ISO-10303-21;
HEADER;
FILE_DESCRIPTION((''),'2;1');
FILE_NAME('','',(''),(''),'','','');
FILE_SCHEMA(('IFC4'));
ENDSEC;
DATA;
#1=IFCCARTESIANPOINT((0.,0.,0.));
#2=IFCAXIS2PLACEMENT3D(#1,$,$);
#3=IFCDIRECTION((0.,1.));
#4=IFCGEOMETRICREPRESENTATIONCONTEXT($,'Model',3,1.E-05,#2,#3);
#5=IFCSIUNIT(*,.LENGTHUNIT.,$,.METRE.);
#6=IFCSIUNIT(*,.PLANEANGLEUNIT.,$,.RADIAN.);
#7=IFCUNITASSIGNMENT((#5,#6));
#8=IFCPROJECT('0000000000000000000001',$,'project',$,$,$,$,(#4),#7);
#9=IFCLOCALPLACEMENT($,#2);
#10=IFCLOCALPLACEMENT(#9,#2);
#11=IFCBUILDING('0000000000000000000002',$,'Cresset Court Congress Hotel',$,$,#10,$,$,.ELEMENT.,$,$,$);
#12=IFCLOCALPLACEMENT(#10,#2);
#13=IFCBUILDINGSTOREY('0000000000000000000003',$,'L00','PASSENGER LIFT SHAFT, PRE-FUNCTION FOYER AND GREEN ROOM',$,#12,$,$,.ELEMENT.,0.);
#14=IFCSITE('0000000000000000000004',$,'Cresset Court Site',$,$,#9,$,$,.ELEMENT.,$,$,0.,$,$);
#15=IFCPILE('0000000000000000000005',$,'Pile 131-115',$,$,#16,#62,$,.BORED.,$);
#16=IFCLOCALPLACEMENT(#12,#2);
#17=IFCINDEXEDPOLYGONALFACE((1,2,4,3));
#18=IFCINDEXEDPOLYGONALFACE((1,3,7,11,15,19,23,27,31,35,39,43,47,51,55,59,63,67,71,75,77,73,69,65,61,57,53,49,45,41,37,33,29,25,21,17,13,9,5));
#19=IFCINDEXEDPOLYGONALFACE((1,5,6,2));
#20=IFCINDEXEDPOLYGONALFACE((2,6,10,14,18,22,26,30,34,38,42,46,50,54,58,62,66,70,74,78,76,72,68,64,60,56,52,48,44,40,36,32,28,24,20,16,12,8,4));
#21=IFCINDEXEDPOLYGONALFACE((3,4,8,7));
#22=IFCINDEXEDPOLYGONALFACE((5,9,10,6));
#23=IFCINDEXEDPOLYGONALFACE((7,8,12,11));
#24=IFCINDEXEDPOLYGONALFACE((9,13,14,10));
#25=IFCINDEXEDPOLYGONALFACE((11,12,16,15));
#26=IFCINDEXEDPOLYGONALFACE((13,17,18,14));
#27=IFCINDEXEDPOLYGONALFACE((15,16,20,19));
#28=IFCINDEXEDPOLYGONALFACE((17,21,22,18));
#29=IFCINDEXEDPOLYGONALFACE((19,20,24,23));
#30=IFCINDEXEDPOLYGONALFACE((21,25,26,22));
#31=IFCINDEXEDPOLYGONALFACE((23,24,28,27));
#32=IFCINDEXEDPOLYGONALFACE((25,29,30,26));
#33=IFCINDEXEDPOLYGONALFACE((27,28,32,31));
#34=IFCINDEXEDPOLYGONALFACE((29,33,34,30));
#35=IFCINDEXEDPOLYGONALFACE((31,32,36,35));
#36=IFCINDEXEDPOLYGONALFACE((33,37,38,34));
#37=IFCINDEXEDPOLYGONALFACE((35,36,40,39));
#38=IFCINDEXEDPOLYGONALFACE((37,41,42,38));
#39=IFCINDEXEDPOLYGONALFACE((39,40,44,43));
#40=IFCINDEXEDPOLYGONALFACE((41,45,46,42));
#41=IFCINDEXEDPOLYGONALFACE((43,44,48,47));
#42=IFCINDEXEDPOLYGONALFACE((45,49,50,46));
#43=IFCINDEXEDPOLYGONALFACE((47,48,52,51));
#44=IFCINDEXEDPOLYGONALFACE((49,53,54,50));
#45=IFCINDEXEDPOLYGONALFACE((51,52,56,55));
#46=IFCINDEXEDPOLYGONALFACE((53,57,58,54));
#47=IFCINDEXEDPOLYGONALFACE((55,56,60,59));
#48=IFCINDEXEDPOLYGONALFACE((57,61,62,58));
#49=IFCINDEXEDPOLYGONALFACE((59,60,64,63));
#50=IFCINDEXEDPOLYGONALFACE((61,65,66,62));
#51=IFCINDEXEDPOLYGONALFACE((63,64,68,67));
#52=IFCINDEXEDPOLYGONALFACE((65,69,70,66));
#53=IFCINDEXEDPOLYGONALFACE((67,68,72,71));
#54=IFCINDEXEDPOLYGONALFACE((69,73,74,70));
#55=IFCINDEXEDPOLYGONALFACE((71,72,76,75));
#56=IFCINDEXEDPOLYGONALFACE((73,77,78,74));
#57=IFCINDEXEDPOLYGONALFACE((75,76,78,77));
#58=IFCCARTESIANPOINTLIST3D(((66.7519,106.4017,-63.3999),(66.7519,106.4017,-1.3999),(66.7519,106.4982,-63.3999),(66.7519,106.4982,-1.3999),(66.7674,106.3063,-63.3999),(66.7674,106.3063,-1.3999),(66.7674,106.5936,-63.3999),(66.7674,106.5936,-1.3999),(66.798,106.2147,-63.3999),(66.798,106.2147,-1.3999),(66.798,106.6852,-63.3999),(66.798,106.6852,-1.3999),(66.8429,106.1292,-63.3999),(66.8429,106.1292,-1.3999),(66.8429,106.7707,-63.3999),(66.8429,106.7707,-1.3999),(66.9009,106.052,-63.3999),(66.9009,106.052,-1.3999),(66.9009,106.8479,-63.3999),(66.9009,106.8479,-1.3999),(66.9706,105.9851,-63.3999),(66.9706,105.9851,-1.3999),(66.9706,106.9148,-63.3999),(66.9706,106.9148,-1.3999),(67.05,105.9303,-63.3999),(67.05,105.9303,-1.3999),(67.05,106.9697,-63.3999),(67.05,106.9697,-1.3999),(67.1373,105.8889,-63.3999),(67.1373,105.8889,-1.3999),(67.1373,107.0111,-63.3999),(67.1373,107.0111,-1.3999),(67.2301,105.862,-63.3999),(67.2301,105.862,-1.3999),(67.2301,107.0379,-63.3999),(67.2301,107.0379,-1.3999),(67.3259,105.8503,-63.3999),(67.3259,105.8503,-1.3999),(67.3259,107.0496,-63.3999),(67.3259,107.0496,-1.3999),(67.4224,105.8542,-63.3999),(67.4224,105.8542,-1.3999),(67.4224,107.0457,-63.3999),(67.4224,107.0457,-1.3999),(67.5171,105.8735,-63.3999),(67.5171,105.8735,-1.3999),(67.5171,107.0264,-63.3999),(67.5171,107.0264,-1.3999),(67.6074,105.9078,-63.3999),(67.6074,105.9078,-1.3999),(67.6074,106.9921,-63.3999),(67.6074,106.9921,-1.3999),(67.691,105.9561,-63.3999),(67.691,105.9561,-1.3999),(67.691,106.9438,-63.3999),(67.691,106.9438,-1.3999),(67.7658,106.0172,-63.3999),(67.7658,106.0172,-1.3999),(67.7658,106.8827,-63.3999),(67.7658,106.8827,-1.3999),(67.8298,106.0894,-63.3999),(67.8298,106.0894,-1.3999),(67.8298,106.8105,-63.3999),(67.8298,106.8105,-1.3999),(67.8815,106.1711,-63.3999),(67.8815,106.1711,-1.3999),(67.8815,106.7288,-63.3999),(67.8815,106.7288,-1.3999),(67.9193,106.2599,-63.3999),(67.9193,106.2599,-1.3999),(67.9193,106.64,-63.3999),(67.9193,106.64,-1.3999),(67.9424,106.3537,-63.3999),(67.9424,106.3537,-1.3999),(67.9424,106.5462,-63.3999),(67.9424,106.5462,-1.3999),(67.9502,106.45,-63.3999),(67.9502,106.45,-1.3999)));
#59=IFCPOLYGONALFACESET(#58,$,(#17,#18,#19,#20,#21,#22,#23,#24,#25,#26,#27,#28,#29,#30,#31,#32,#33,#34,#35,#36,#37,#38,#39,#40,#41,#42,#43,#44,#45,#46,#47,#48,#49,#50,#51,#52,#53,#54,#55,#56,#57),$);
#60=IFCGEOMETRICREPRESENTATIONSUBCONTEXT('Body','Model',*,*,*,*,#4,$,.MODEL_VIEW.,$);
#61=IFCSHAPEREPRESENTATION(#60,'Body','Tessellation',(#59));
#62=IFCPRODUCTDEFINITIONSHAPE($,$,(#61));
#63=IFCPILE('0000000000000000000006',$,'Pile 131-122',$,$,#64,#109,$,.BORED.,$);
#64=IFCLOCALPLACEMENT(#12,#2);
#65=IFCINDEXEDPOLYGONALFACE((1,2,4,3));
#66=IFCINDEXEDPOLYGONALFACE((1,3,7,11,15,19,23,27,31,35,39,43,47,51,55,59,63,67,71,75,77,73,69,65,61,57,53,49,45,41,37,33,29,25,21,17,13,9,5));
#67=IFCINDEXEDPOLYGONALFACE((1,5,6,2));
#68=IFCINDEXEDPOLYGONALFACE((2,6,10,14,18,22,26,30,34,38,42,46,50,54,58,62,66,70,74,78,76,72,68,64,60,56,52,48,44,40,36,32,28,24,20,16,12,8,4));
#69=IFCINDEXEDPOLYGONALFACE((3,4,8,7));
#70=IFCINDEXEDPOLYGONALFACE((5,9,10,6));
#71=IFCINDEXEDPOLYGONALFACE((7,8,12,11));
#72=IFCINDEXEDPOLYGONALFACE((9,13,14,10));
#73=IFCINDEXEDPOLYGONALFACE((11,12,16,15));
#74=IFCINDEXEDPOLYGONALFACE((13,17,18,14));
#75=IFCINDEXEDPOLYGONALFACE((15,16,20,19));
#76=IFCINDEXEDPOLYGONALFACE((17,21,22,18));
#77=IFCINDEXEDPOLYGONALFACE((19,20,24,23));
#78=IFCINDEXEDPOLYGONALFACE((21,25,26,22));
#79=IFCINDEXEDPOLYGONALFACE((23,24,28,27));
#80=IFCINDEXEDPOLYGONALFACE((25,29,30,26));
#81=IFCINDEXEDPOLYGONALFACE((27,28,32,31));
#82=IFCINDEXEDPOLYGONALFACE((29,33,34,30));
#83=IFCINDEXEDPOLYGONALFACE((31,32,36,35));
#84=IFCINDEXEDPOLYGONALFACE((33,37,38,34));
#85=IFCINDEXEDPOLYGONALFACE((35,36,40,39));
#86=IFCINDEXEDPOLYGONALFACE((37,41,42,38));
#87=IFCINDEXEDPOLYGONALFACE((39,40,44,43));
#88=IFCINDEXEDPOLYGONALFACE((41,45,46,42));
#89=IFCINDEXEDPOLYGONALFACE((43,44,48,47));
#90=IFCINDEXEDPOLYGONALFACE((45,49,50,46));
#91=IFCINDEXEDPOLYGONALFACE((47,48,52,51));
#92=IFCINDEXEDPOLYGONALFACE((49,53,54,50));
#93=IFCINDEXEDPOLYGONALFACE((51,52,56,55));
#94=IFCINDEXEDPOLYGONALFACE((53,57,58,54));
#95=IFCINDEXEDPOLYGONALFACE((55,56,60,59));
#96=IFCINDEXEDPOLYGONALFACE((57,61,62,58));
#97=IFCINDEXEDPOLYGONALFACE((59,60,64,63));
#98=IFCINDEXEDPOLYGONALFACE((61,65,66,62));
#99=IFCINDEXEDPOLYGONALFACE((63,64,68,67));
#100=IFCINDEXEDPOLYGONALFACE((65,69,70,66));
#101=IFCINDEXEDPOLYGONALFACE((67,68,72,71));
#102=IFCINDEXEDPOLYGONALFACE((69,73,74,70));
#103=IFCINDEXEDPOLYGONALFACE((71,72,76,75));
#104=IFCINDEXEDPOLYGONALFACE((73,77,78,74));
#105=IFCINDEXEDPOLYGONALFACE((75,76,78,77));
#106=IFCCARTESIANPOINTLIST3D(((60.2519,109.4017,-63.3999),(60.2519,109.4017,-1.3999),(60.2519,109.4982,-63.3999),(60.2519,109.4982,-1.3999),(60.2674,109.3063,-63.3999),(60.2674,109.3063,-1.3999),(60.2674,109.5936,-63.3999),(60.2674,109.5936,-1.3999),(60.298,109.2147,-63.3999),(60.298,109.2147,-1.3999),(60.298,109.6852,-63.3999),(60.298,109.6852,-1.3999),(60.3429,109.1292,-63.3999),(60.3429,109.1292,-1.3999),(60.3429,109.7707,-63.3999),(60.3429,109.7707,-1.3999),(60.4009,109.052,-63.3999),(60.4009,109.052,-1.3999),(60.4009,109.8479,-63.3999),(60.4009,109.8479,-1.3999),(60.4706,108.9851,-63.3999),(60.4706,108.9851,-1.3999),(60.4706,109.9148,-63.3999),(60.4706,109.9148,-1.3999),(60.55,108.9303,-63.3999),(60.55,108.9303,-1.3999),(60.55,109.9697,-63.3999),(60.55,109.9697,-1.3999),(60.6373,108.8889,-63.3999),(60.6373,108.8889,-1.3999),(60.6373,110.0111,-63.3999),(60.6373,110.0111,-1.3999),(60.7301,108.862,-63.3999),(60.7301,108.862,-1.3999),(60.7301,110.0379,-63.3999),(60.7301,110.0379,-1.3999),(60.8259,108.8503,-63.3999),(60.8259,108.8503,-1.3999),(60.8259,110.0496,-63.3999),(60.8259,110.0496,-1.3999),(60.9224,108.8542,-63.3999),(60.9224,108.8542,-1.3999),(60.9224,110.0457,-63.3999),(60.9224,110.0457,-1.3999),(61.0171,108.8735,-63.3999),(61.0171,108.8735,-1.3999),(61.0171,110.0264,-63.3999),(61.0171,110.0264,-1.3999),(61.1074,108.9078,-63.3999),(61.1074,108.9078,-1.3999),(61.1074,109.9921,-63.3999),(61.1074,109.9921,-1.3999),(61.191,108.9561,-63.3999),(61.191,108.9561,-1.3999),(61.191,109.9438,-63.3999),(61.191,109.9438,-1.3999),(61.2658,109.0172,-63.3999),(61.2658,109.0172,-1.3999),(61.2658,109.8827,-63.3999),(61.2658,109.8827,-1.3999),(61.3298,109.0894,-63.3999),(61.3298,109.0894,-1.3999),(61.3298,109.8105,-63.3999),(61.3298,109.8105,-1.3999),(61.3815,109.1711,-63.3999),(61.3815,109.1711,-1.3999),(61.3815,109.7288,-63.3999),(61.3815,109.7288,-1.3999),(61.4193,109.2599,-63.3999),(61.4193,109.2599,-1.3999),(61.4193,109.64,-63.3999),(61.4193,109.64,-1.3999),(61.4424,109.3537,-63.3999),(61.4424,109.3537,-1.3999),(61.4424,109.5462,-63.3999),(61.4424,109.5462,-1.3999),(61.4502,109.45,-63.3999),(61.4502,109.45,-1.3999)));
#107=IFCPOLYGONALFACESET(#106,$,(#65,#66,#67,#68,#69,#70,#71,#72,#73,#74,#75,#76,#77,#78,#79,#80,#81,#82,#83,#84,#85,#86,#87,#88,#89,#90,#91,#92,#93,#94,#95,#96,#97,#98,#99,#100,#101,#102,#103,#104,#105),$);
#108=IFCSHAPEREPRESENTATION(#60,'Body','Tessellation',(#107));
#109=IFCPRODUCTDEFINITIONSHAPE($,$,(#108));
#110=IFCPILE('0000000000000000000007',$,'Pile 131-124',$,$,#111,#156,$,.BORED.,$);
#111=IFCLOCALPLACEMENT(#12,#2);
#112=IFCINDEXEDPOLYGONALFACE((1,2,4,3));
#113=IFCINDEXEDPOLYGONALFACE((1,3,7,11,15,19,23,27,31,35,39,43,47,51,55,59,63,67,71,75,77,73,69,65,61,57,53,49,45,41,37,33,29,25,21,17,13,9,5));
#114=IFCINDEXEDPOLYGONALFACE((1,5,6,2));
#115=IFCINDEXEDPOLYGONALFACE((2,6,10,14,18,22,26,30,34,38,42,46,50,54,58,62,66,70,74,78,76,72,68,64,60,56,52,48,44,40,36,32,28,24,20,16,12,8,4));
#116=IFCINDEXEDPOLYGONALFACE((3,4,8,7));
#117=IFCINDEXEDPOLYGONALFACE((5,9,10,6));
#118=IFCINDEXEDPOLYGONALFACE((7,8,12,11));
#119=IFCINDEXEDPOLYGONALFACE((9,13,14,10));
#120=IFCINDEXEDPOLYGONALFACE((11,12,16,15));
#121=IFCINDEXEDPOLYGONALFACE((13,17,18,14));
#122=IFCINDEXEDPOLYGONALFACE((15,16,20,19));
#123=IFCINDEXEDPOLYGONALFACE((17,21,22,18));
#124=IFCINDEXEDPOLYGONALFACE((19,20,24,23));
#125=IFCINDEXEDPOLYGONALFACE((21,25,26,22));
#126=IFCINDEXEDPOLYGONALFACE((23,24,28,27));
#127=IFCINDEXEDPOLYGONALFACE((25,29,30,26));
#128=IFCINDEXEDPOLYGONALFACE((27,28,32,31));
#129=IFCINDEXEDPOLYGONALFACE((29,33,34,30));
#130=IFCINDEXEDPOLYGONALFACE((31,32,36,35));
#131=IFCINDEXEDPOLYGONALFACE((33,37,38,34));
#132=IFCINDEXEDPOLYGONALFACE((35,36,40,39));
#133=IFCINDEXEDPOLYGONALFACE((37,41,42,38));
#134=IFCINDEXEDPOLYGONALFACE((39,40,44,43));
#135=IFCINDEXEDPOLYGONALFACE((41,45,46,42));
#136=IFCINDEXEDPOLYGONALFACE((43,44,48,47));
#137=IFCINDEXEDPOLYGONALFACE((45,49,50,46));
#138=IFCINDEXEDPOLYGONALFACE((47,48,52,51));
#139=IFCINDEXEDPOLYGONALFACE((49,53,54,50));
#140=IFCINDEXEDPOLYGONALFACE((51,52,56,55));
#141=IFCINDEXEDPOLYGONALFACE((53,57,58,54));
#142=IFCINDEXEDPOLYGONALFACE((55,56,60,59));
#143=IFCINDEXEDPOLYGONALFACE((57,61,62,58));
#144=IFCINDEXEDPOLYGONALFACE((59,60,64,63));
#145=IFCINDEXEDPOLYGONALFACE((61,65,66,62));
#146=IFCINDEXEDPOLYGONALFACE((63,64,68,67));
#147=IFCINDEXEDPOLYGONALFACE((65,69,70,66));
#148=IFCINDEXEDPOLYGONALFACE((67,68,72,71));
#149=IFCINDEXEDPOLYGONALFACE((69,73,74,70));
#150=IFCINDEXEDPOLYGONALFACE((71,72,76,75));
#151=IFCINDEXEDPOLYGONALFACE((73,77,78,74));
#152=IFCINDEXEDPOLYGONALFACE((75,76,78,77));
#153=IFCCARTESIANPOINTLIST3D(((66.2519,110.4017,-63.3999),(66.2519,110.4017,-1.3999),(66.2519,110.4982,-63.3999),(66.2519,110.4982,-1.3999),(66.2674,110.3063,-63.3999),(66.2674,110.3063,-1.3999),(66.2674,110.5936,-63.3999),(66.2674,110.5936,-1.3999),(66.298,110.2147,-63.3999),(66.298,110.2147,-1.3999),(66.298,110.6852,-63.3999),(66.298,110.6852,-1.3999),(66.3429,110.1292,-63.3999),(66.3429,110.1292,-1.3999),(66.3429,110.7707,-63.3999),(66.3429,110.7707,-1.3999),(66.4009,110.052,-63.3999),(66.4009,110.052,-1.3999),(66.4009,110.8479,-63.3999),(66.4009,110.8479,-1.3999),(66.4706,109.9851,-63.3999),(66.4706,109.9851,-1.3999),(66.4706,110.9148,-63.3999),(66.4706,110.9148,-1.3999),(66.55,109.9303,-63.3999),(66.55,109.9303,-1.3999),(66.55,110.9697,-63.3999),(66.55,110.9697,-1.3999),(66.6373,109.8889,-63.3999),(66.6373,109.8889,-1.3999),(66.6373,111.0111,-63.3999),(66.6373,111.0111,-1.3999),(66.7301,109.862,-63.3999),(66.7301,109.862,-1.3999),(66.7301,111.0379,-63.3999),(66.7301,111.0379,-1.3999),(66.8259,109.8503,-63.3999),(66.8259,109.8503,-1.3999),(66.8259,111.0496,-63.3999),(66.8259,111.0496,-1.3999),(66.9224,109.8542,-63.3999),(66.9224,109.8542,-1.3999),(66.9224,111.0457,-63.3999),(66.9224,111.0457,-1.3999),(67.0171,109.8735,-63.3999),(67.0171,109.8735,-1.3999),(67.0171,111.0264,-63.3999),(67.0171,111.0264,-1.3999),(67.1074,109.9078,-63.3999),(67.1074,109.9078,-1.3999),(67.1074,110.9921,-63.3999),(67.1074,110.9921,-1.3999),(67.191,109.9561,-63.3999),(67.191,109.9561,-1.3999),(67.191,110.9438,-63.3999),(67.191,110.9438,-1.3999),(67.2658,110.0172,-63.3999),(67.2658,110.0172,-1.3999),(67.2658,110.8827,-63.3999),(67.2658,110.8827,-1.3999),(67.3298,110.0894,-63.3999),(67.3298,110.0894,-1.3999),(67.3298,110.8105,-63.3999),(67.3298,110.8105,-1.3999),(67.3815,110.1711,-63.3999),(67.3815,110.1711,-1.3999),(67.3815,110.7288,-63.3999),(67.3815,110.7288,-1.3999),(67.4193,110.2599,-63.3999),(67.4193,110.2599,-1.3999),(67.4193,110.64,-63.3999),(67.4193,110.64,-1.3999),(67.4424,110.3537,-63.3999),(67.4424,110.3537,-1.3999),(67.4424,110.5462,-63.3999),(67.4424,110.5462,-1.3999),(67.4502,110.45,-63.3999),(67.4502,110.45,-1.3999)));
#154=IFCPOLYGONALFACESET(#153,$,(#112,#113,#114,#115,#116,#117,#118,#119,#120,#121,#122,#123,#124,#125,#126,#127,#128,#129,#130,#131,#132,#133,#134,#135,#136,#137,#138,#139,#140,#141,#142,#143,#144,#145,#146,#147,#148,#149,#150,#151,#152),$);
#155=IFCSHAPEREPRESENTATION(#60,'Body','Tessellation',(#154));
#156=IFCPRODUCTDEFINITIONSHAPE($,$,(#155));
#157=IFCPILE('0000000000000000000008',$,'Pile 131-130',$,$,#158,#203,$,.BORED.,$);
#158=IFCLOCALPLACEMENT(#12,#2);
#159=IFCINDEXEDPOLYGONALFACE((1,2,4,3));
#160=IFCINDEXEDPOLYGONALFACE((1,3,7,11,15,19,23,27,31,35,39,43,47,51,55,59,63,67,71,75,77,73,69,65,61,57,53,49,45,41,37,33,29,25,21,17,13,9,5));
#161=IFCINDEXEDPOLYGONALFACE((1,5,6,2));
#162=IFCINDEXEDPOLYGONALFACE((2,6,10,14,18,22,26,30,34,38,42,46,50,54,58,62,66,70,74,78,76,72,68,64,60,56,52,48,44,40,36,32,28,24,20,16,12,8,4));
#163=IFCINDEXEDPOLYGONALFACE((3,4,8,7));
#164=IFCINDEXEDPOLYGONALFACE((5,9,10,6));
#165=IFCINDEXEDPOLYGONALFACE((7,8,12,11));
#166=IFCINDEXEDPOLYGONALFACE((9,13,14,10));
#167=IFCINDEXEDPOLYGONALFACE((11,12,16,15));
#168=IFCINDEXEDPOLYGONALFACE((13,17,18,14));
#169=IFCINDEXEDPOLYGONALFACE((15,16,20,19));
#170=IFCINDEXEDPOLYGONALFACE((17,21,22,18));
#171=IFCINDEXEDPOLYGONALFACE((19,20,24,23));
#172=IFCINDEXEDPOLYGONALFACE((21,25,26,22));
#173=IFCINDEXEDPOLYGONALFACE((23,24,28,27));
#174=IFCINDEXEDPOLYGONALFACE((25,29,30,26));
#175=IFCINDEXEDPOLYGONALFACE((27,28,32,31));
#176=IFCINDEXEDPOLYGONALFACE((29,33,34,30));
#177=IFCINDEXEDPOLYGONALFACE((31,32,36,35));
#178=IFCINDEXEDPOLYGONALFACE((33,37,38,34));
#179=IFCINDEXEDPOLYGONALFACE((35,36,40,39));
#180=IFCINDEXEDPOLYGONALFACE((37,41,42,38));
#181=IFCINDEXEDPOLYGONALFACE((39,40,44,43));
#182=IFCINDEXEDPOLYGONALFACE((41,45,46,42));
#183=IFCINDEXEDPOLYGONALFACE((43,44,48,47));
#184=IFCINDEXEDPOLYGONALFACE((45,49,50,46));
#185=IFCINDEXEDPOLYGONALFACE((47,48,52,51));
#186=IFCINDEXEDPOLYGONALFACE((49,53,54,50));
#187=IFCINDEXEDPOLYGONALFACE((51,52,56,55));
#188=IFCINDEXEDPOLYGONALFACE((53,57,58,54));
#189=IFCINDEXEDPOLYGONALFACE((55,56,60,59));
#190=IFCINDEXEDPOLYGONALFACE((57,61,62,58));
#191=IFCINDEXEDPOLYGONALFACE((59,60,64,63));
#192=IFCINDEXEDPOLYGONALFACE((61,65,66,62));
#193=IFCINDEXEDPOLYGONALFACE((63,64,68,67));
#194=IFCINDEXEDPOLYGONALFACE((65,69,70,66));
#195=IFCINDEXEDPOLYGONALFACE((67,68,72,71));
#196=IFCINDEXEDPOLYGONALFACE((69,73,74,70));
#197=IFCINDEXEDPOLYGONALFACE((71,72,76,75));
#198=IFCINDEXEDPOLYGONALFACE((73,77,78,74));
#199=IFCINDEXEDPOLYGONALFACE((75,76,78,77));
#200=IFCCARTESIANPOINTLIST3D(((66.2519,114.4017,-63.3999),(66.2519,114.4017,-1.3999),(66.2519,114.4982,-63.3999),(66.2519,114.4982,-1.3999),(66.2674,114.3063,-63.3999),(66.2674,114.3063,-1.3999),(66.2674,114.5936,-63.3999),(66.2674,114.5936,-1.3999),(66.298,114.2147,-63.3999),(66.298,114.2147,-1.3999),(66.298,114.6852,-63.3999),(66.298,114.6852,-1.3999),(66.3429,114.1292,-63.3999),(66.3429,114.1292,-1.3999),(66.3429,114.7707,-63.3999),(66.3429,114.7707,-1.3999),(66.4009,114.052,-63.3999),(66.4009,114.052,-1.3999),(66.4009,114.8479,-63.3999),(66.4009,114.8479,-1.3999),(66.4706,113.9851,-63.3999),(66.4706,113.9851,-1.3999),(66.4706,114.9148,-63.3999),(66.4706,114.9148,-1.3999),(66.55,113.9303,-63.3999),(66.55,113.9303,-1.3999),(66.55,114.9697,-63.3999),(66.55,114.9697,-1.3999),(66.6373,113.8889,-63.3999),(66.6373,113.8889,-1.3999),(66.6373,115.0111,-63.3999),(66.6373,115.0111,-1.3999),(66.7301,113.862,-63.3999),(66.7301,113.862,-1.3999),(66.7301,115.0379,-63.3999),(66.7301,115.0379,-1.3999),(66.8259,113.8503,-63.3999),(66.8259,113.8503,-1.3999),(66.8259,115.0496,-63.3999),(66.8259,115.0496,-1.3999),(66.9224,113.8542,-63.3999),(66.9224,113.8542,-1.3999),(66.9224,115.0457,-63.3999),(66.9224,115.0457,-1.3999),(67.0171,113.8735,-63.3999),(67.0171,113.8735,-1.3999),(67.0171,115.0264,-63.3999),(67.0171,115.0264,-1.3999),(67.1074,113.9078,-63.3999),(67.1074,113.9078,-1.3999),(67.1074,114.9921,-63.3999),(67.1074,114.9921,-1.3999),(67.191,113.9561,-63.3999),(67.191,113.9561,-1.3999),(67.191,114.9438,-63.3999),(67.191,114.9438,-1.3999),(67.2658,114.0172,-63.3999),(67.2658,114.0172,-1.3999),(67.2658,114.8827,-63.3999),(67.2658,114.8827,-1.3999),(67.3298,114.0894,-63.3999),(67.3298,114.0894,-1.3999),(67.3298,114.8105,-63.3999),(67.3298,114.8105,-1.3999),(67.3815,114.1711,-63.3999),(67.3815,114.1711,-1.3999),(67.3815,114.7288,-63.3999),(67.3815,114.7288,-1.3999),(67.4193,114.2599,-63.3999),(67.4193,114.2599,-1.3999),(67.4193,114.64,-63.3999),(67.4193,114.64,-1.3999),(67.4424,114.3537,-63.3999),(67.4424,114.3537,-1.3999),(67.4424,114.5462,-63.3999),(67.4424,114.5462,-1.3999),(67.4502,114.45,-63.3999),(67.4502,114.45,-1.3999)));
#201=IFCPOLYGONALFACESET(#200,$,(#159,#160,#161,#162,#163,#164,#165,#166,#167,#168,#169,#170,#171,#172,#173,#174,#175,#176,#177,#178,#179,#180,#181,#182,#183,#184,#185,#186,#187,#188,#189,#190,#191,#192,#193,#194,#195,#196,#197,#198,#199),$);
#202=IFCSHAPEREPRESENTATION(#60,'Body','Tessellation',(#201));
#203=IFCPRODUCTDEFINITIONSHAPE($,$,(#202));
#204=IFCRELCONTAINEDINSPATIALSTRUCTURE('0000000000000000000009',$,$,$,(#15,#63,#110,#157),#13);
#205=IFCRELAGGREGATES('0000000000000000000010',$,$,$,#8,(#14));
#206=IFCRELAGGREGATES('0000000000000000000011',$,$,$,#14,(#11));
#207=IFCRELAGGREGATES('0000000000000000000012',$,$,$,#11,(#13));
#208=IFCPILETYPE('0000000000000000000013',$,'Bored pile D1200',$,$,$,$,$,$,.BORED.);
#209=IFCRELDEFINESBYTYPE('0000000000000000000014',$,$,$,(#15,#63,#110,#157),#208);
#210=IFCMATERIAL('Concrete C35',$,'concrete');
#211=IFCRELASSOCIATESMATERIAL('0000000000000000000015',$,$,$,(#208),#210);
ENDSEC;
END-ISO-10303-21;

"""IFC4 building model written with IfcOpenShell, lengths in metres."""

from ifc_helpers import new_model, si_unit, direction, frame, origin, origin_2d, place, context, subcontext, project, spatial, circle, extrude, material, type_object, element, save


model = new_model("IFC4")

# Units and contexts
model_context = context("Model", 3, precision=1e-05, world=origin(), true_north=direction((0.0, 1.0)))
body_context = subcontext(model_context, "Body", "Model", "MODEL_VIEW")
ifc_project = project(units=[si_unit("LENGTHUNIT", "METRE"), si_unit("PLANEANGLEUNIT", "RADIAN")], contexts=[model_context])

# Site, building, storey
site_placement = place(None, origin())
site = spatial("IfcSite", under=ifc_project, at=site_placement, Name="Cresset Court Site", CompositionType="ELEMENT", RefElevation=0.0)
building_placement = place(site_placement, origin())
building = spatial("IfcBuilding", under=site, at=building_placement, Name="Cresset Court Congress Hotel", CompositionType="ELEMENT")
storey_placement = place(building_placement, origin())
storey = spatial("IfcBuildingStorey", under=building, at=storey_placement, Name="L00", Description="PASSENGER LIFT SHAFT, PRE-FUNCTION FOYER AND GREEN ROOM", CompositionType="ELEMENT", Elevation=0.0)

# Piles
ifc_material_1 = material(Name="Concrete C35", Category="concrete")
pile_type = type_object("IfcPileType", Name="Bored pile D1200", PredefinedType="BORED", material=ifc_material_1)
for number, where, z_axis, x_axis, name in (
    (1, (67.3501, 106.45, -1.3999), (0.0, 0.0, -1.0), (1.0, 0.0, 0.0), "Pile 131-115"),
    (2, (60.8501, 109.45, -1.3999), (0.0, 0.0, -1.0), (1.0, 0.0, 0.0), "Pile 131-122"),
    (3, (66.8501, 110.45, -1.3999), (0.0, 0.0, -1.0), (1.0, 0.0, 0.0), "Pile 131-124"),
    (4, (66.8501, 114.45, -1.3999), (0.0, 0.0, -1.0), (1.0, 0.0, 0.0), "Pile 131-130"),
):
    element("IfcPile", number, at=place(storey_placement, frame(where, z_axis=z_axis, x_axis=x_axis)), inside=storey, type_object=pile_type, Name=name, PredefinedType="BORED", context=body_context, shape_type="SweptSolid", body=[
        extrude(circle(Radius=0.6001, at=origin_2d()), origin(), (0.0, 0.0, 1.0), 62.0),
    ])

save(model, "model.ifc")
